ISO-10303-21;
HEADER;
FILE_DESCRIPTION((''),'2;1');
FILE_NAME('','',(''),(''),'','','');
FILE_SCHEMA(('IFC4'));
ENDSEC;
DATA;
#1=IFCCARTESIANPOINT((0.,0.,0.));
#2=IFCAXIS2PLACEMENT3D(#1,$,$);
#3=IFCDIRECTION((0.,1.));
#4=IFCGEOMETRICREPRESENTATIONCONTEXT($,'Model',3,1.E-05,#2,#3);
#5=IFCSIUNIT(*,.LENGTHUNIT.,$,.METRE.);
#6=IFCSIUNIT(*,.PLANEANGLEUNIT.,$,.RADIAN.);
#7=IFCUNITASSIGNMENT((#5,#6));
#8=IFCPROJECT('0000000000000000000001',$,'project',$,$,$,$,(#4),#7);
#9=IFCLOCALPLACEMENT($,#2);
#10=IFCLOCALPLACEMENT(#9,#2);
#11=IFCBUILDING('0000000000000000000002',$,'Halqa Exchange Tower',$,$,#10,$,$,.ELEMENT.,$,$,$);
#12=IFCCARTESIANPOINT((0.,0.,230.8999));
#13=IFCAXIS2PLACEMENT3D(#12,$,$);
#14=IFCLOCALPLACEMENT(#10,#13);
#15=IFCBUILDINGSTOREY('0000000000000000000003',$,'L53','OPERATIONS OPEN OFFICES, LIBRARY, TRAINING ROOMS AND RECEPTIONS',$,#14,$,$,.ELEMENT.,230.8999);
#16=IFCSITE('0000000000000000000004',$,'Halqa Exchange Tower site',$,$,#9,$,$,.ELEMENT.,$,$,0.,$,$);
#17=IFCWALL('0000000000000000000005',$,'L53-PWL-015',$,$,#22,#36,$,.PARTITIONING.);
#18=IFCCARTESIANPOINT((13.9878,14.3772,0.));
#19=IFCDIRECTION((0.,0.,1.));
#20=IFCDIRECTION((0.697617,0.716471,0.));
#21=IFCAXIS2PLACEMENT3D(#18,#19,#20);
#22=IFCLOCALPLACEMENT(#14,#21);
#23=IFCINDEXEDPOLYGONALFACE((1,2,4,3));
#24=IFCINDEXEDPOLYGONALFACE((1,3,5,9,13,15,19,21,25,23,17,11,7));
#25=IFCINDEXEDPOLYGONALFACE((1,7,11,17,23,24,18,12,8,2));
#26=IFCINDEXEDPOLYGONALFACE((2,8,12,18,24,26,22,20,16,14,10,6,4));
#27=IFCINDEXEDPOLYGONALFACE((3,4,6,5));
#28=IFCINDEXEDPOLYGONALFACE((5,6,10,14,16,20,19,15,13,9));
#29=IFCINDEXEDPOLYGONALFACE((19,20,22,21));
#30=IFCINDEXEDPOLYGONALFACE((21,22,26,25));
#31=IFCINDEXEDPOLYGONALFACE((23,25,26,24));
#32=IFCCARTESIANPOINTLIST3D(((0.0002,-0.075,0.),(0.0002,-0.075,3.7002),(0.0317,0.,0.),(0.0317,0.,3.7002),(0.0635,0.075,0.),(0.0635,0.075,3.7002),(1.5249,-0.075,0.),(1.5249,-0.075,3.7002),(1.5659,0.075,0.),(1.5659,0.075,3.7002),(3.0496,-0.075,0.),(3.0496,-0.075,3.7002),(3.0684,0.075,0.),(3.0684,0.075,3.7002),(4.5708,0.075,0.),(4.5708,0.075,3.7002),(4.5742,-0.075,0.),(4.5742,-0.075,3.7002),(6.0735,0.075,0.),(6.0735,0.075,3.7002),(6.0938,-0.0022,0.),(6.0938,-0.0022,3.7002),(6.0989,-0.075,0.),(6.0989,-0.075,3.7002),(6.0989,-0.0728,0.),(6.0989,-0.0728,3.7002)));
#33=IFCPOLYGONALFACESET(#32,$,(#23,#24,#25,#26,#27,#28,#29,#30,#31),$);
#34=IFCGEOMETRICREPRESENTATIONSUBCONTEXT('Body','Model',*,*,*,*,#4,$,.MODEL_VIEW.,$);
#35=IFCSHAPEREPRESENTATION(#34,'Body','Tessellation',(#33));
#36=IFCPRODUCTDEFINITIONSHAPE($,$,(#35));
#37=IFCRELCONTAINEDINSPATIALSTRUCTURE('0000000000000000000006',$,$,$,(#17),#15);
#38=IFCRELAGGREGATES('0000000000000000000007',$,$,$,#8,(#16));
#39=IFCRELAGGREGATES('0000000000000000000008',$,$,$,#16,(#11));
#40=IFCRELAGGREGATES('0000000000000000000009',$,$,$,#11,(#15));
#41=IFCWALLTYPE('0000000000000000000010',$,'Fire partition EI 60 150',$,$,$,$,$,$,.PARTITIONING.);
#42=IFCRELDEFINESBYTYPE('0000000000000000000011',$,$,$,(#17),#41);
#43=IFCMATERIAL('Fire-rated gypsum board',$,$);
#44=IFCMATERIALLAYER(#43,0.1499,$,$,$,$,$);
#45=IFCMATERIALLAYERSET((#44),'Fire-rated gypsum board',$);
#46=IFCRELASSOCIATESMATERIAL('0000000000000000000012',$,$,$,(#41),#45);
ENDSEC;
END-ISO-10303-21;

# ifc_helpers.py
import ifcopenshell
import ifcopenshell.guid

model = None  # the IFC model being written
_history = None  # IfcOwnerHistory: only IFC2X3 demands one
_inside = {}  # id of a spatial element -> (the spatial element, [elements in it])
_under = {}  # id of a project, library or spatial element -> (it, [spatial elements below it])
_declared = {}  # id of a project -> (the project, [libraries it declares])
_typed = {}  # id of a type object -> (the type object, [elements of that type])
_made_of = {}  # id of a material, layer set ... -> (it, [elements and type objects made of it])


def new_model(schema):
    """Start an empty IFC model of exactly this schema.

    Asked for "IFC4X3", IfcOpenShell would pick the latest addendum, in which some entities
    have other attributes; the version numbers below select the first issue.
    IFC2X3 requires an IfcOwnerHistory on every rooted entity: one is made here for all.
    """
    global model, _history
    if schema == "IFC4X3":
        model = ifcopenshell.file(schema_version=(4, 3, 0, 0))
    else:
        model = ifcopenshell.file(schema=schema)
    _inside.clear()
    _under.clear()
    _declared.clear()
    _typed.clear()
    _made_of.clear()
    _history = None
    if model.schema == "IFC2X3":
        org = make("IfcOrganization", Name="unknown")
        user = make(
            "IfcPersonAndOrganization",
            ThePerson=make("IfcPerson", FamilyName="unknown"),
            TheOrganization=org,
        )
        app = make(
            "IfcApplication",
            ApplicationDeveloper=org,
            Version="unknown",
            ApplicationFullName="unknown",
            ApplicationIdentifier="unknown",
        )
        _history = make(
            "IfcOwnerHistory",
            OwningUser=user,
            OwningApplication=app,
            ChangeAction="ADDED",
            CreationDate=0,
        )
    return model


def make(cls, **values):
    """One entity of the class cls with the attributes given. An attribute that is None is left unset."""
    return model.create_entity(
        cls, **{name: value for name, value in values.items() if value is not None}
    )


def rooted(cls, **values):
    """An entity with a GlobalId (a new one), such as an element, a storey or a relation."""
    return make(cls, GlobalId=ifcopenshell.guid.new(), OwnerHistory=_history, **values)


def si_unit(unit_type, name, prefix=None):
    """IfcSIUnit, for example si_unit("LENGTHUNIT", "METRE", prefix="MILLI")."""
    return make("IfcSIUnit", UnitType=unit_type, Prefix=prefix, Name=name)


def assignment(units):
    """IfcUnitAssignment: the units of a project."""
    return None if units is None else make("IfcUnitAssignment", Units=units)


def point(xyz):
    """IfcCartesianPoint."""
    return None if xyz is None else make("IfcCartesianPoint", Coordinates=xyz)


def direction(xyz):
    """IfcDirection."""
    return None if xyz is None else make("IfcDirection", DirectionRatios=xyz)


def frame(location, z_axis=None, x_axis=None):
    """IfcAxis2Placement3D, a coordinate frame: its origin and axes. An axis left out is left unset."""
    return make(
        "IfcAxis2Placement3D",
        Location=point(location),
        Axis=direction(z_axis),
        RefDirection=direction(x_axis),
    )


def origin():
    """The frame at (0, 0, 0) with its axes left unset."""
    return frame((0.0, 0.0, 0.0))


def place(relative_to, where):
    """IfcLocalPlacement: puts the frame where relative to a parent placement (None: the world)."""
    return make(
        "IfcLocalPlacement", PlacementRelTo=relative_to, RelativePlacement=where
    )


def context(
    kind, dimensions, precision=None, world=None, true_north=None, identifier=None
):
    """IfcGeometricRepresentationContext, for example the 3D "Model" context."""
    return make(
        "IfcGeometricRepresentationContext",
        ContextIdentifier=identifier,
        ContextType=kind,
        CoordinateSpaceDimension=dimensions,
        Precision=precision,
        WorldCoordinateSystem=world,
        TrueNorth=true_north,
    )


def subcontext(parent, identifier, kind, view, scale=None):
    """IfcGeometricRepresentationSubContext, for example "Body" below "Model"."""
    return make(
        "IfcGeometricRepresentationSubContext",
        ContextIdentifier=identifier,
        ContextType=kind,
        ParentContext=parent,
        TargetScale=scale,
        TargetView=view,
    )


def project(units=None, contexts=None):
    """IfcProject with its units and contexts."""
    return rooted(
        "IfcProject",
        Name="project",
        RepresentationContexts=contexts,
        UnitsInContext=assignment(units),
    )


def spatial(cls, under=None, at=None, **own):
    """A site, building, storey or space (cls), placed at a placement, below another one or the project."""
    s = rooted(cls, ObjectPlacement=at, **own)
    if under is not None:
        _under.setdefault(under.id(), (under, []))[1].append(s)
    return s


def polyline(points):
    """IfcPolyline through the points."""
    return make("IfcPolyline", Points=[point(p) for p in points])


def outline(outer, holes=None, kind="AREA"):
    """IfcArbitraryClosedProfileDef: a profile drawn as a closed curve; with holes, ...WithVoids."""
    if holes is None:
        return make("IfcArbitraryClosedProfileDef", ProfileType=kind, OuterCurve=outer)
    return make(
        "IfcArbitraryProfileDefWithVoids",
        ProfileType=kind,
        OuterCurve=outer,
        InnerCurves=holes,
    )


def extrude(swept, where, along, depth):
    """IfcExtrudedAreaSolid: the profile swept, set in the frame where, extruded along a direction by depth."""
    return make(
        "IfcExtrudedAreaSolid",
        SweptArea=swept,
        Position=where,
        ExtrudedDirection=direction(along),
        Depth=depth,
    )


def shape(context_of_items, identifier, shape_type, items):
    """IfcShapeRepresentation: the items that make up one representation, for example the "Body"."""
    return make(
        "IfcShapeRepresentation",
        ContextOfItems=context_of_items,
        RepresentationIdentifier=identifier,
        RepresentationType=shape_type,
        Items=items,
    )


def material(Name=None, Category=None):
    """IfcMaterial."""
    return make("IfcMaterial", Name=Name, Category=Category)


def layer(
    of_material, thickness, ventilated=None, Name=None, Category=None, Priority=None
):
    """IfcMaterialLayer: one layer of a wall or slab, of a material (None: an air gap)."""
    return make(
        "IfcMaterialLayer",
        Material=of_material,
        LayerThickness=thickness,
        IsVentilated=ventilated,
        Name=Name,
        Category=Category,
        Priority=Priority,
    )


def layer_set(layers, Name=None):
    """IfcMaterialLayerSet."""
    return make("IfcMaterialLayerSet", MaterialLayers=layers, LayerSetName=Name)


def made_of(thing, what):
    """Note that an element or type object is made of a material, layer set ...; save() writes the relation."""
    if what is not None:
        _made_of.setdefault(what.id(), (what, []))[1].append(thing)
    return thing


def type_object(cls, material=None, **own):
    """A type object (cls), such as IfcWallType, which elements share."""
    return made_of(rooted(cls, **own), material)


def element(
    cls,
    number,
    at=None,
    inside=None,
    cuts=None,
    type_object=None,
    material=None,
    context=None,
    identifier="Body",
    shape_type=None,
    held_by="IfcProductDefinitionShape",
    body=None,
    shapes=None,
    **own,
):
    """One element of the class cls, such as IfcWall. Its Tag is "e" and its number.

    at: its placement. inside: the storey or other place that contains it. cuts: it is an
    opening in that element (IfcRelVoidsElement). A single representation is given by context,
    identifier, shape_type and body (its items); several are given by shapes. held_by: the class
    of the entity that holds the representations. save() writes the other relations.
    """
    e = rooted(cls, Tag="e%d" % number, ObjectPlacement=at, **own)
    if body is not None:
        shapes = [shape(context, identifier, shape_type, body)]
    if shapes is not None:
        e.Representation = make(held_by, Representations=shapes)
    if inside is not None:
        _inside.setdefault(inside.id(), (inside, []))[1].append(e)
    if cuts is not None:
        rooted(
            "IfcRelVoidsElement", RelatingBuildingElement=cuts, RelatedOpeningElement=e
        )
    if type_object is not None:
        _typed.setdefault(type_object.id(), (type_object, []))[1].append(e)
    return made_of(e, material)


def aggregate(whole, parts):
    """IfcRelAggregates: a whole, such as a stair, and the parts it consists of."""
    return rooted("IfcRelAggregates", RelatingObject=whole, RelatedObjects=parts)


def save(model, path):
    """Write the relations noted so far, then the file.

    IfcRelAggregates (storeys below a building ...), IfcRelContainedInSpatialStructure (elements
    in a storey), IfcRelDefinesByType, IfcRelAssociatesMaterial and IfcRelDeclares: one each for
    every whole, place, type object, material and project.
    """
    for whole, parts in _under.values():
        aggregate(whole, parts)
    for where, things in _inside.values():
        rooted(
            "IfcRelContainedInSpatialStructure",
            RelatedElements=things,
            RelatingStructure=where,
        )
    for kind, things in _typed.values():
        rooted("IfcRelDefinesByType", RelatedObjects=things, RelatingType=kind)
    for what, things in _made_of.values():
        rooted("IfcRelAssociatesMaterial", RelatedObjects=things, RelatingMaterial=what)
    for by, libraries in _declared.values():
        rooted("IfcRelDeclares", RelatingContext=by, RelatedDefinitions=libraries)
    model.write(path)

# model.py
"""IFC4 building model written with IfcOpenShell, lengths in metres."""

from ifc_helpers import new_model, si_unit, direction, frame, origin, place, context, subcontext, project, spatial, polyline, outline, extrude, material, layer, layer_set, type_object, element, save


model = new_model("IFC4")

# Units and contexts
model_context = context("Model", 3, precision=1e-05, world=origin(), true_north=direction((0.0, 1.0)))
body_context = subcontext(model_context, "Body", "Model", "MODEL_VIEW")
ifc_project = project(units=[si_unit("LENGTHUNIT", "METRE"), si_unit("PLANEANGLEUNIT", "RADIAN")], contexts=[model_context])

# Site, building, storey
site_placement = place(None, origin())
site = spatial("IfcSite", under=ifc_project, at=site_placement, Name="Halqa Exchange Tower site", CompositionType="ELEMENT", RefElevation=0.0)
building_placement = place(site_placement, origin())
building = spatial("IfcBuilding", under=site, at=building_placement, Name="Halqa Exchange Tower", CompositionType="ELEMENT")
storey_placement = place(building_placement, frame((0.0, 0.0, 230.8999)))
storey = spatial("IfcBuildingStorey", under=building, at=storey_placement, Name="L53", Description="OPERATIONS OPEN OFFICES, LIBRARY, TRAINING ROOMS AND RECEPTIONS", CompositionType="ELEMENT", Elevation=230.8999)

# Wall
ifc_material_1 = material(Name="Fire-rated gypsum board")
ifc_layer_1 = layer(ifc_material_1, 0.1499)
ifc_layer_set_1 = layer_set([ifc_layer_1], Name="Fire-rated gypsum board")
wall_type_1 = type_object("IfcWallType", Name="Fire partition EI 60 150", PredefinedType="PARTITIONING", material=ifc_layer_set_1)
wall_1_placement = place(storey_placement, frame((13.9878, 14.3772, 0.0), z_axis=(0.0, 0.0, 1.0), x_axis=(0.697617, 0.716471, 0.0)))
element("IfcWall", 1, at=wall_1_placement, inside=storey, type_object=wall_type_1, Name="L53-PWL-015", PredefinedType="PARTITIONING", context=body_context, shape_type="SweptSolid", body=[
    extrude(outline(polyline([(6.0989, -0.075), (6.0989, -0.0728), (6.0938, -0.0022), (6.0735, 0.075), (4.5708, 0.075), (3.0684, 0.075), (1.5659, 0.075), (0.0635, 0.075), (0.0317, 0.0), (0.0002, -0.075), (1.5249, -0.075), (3.0496, -0.075), (4.5742, -0.075), (6.0989, -0.075)])), origin(), (0.0, 0.0, 1.0), 3.7002),
])

save(model, "model.ifc")
